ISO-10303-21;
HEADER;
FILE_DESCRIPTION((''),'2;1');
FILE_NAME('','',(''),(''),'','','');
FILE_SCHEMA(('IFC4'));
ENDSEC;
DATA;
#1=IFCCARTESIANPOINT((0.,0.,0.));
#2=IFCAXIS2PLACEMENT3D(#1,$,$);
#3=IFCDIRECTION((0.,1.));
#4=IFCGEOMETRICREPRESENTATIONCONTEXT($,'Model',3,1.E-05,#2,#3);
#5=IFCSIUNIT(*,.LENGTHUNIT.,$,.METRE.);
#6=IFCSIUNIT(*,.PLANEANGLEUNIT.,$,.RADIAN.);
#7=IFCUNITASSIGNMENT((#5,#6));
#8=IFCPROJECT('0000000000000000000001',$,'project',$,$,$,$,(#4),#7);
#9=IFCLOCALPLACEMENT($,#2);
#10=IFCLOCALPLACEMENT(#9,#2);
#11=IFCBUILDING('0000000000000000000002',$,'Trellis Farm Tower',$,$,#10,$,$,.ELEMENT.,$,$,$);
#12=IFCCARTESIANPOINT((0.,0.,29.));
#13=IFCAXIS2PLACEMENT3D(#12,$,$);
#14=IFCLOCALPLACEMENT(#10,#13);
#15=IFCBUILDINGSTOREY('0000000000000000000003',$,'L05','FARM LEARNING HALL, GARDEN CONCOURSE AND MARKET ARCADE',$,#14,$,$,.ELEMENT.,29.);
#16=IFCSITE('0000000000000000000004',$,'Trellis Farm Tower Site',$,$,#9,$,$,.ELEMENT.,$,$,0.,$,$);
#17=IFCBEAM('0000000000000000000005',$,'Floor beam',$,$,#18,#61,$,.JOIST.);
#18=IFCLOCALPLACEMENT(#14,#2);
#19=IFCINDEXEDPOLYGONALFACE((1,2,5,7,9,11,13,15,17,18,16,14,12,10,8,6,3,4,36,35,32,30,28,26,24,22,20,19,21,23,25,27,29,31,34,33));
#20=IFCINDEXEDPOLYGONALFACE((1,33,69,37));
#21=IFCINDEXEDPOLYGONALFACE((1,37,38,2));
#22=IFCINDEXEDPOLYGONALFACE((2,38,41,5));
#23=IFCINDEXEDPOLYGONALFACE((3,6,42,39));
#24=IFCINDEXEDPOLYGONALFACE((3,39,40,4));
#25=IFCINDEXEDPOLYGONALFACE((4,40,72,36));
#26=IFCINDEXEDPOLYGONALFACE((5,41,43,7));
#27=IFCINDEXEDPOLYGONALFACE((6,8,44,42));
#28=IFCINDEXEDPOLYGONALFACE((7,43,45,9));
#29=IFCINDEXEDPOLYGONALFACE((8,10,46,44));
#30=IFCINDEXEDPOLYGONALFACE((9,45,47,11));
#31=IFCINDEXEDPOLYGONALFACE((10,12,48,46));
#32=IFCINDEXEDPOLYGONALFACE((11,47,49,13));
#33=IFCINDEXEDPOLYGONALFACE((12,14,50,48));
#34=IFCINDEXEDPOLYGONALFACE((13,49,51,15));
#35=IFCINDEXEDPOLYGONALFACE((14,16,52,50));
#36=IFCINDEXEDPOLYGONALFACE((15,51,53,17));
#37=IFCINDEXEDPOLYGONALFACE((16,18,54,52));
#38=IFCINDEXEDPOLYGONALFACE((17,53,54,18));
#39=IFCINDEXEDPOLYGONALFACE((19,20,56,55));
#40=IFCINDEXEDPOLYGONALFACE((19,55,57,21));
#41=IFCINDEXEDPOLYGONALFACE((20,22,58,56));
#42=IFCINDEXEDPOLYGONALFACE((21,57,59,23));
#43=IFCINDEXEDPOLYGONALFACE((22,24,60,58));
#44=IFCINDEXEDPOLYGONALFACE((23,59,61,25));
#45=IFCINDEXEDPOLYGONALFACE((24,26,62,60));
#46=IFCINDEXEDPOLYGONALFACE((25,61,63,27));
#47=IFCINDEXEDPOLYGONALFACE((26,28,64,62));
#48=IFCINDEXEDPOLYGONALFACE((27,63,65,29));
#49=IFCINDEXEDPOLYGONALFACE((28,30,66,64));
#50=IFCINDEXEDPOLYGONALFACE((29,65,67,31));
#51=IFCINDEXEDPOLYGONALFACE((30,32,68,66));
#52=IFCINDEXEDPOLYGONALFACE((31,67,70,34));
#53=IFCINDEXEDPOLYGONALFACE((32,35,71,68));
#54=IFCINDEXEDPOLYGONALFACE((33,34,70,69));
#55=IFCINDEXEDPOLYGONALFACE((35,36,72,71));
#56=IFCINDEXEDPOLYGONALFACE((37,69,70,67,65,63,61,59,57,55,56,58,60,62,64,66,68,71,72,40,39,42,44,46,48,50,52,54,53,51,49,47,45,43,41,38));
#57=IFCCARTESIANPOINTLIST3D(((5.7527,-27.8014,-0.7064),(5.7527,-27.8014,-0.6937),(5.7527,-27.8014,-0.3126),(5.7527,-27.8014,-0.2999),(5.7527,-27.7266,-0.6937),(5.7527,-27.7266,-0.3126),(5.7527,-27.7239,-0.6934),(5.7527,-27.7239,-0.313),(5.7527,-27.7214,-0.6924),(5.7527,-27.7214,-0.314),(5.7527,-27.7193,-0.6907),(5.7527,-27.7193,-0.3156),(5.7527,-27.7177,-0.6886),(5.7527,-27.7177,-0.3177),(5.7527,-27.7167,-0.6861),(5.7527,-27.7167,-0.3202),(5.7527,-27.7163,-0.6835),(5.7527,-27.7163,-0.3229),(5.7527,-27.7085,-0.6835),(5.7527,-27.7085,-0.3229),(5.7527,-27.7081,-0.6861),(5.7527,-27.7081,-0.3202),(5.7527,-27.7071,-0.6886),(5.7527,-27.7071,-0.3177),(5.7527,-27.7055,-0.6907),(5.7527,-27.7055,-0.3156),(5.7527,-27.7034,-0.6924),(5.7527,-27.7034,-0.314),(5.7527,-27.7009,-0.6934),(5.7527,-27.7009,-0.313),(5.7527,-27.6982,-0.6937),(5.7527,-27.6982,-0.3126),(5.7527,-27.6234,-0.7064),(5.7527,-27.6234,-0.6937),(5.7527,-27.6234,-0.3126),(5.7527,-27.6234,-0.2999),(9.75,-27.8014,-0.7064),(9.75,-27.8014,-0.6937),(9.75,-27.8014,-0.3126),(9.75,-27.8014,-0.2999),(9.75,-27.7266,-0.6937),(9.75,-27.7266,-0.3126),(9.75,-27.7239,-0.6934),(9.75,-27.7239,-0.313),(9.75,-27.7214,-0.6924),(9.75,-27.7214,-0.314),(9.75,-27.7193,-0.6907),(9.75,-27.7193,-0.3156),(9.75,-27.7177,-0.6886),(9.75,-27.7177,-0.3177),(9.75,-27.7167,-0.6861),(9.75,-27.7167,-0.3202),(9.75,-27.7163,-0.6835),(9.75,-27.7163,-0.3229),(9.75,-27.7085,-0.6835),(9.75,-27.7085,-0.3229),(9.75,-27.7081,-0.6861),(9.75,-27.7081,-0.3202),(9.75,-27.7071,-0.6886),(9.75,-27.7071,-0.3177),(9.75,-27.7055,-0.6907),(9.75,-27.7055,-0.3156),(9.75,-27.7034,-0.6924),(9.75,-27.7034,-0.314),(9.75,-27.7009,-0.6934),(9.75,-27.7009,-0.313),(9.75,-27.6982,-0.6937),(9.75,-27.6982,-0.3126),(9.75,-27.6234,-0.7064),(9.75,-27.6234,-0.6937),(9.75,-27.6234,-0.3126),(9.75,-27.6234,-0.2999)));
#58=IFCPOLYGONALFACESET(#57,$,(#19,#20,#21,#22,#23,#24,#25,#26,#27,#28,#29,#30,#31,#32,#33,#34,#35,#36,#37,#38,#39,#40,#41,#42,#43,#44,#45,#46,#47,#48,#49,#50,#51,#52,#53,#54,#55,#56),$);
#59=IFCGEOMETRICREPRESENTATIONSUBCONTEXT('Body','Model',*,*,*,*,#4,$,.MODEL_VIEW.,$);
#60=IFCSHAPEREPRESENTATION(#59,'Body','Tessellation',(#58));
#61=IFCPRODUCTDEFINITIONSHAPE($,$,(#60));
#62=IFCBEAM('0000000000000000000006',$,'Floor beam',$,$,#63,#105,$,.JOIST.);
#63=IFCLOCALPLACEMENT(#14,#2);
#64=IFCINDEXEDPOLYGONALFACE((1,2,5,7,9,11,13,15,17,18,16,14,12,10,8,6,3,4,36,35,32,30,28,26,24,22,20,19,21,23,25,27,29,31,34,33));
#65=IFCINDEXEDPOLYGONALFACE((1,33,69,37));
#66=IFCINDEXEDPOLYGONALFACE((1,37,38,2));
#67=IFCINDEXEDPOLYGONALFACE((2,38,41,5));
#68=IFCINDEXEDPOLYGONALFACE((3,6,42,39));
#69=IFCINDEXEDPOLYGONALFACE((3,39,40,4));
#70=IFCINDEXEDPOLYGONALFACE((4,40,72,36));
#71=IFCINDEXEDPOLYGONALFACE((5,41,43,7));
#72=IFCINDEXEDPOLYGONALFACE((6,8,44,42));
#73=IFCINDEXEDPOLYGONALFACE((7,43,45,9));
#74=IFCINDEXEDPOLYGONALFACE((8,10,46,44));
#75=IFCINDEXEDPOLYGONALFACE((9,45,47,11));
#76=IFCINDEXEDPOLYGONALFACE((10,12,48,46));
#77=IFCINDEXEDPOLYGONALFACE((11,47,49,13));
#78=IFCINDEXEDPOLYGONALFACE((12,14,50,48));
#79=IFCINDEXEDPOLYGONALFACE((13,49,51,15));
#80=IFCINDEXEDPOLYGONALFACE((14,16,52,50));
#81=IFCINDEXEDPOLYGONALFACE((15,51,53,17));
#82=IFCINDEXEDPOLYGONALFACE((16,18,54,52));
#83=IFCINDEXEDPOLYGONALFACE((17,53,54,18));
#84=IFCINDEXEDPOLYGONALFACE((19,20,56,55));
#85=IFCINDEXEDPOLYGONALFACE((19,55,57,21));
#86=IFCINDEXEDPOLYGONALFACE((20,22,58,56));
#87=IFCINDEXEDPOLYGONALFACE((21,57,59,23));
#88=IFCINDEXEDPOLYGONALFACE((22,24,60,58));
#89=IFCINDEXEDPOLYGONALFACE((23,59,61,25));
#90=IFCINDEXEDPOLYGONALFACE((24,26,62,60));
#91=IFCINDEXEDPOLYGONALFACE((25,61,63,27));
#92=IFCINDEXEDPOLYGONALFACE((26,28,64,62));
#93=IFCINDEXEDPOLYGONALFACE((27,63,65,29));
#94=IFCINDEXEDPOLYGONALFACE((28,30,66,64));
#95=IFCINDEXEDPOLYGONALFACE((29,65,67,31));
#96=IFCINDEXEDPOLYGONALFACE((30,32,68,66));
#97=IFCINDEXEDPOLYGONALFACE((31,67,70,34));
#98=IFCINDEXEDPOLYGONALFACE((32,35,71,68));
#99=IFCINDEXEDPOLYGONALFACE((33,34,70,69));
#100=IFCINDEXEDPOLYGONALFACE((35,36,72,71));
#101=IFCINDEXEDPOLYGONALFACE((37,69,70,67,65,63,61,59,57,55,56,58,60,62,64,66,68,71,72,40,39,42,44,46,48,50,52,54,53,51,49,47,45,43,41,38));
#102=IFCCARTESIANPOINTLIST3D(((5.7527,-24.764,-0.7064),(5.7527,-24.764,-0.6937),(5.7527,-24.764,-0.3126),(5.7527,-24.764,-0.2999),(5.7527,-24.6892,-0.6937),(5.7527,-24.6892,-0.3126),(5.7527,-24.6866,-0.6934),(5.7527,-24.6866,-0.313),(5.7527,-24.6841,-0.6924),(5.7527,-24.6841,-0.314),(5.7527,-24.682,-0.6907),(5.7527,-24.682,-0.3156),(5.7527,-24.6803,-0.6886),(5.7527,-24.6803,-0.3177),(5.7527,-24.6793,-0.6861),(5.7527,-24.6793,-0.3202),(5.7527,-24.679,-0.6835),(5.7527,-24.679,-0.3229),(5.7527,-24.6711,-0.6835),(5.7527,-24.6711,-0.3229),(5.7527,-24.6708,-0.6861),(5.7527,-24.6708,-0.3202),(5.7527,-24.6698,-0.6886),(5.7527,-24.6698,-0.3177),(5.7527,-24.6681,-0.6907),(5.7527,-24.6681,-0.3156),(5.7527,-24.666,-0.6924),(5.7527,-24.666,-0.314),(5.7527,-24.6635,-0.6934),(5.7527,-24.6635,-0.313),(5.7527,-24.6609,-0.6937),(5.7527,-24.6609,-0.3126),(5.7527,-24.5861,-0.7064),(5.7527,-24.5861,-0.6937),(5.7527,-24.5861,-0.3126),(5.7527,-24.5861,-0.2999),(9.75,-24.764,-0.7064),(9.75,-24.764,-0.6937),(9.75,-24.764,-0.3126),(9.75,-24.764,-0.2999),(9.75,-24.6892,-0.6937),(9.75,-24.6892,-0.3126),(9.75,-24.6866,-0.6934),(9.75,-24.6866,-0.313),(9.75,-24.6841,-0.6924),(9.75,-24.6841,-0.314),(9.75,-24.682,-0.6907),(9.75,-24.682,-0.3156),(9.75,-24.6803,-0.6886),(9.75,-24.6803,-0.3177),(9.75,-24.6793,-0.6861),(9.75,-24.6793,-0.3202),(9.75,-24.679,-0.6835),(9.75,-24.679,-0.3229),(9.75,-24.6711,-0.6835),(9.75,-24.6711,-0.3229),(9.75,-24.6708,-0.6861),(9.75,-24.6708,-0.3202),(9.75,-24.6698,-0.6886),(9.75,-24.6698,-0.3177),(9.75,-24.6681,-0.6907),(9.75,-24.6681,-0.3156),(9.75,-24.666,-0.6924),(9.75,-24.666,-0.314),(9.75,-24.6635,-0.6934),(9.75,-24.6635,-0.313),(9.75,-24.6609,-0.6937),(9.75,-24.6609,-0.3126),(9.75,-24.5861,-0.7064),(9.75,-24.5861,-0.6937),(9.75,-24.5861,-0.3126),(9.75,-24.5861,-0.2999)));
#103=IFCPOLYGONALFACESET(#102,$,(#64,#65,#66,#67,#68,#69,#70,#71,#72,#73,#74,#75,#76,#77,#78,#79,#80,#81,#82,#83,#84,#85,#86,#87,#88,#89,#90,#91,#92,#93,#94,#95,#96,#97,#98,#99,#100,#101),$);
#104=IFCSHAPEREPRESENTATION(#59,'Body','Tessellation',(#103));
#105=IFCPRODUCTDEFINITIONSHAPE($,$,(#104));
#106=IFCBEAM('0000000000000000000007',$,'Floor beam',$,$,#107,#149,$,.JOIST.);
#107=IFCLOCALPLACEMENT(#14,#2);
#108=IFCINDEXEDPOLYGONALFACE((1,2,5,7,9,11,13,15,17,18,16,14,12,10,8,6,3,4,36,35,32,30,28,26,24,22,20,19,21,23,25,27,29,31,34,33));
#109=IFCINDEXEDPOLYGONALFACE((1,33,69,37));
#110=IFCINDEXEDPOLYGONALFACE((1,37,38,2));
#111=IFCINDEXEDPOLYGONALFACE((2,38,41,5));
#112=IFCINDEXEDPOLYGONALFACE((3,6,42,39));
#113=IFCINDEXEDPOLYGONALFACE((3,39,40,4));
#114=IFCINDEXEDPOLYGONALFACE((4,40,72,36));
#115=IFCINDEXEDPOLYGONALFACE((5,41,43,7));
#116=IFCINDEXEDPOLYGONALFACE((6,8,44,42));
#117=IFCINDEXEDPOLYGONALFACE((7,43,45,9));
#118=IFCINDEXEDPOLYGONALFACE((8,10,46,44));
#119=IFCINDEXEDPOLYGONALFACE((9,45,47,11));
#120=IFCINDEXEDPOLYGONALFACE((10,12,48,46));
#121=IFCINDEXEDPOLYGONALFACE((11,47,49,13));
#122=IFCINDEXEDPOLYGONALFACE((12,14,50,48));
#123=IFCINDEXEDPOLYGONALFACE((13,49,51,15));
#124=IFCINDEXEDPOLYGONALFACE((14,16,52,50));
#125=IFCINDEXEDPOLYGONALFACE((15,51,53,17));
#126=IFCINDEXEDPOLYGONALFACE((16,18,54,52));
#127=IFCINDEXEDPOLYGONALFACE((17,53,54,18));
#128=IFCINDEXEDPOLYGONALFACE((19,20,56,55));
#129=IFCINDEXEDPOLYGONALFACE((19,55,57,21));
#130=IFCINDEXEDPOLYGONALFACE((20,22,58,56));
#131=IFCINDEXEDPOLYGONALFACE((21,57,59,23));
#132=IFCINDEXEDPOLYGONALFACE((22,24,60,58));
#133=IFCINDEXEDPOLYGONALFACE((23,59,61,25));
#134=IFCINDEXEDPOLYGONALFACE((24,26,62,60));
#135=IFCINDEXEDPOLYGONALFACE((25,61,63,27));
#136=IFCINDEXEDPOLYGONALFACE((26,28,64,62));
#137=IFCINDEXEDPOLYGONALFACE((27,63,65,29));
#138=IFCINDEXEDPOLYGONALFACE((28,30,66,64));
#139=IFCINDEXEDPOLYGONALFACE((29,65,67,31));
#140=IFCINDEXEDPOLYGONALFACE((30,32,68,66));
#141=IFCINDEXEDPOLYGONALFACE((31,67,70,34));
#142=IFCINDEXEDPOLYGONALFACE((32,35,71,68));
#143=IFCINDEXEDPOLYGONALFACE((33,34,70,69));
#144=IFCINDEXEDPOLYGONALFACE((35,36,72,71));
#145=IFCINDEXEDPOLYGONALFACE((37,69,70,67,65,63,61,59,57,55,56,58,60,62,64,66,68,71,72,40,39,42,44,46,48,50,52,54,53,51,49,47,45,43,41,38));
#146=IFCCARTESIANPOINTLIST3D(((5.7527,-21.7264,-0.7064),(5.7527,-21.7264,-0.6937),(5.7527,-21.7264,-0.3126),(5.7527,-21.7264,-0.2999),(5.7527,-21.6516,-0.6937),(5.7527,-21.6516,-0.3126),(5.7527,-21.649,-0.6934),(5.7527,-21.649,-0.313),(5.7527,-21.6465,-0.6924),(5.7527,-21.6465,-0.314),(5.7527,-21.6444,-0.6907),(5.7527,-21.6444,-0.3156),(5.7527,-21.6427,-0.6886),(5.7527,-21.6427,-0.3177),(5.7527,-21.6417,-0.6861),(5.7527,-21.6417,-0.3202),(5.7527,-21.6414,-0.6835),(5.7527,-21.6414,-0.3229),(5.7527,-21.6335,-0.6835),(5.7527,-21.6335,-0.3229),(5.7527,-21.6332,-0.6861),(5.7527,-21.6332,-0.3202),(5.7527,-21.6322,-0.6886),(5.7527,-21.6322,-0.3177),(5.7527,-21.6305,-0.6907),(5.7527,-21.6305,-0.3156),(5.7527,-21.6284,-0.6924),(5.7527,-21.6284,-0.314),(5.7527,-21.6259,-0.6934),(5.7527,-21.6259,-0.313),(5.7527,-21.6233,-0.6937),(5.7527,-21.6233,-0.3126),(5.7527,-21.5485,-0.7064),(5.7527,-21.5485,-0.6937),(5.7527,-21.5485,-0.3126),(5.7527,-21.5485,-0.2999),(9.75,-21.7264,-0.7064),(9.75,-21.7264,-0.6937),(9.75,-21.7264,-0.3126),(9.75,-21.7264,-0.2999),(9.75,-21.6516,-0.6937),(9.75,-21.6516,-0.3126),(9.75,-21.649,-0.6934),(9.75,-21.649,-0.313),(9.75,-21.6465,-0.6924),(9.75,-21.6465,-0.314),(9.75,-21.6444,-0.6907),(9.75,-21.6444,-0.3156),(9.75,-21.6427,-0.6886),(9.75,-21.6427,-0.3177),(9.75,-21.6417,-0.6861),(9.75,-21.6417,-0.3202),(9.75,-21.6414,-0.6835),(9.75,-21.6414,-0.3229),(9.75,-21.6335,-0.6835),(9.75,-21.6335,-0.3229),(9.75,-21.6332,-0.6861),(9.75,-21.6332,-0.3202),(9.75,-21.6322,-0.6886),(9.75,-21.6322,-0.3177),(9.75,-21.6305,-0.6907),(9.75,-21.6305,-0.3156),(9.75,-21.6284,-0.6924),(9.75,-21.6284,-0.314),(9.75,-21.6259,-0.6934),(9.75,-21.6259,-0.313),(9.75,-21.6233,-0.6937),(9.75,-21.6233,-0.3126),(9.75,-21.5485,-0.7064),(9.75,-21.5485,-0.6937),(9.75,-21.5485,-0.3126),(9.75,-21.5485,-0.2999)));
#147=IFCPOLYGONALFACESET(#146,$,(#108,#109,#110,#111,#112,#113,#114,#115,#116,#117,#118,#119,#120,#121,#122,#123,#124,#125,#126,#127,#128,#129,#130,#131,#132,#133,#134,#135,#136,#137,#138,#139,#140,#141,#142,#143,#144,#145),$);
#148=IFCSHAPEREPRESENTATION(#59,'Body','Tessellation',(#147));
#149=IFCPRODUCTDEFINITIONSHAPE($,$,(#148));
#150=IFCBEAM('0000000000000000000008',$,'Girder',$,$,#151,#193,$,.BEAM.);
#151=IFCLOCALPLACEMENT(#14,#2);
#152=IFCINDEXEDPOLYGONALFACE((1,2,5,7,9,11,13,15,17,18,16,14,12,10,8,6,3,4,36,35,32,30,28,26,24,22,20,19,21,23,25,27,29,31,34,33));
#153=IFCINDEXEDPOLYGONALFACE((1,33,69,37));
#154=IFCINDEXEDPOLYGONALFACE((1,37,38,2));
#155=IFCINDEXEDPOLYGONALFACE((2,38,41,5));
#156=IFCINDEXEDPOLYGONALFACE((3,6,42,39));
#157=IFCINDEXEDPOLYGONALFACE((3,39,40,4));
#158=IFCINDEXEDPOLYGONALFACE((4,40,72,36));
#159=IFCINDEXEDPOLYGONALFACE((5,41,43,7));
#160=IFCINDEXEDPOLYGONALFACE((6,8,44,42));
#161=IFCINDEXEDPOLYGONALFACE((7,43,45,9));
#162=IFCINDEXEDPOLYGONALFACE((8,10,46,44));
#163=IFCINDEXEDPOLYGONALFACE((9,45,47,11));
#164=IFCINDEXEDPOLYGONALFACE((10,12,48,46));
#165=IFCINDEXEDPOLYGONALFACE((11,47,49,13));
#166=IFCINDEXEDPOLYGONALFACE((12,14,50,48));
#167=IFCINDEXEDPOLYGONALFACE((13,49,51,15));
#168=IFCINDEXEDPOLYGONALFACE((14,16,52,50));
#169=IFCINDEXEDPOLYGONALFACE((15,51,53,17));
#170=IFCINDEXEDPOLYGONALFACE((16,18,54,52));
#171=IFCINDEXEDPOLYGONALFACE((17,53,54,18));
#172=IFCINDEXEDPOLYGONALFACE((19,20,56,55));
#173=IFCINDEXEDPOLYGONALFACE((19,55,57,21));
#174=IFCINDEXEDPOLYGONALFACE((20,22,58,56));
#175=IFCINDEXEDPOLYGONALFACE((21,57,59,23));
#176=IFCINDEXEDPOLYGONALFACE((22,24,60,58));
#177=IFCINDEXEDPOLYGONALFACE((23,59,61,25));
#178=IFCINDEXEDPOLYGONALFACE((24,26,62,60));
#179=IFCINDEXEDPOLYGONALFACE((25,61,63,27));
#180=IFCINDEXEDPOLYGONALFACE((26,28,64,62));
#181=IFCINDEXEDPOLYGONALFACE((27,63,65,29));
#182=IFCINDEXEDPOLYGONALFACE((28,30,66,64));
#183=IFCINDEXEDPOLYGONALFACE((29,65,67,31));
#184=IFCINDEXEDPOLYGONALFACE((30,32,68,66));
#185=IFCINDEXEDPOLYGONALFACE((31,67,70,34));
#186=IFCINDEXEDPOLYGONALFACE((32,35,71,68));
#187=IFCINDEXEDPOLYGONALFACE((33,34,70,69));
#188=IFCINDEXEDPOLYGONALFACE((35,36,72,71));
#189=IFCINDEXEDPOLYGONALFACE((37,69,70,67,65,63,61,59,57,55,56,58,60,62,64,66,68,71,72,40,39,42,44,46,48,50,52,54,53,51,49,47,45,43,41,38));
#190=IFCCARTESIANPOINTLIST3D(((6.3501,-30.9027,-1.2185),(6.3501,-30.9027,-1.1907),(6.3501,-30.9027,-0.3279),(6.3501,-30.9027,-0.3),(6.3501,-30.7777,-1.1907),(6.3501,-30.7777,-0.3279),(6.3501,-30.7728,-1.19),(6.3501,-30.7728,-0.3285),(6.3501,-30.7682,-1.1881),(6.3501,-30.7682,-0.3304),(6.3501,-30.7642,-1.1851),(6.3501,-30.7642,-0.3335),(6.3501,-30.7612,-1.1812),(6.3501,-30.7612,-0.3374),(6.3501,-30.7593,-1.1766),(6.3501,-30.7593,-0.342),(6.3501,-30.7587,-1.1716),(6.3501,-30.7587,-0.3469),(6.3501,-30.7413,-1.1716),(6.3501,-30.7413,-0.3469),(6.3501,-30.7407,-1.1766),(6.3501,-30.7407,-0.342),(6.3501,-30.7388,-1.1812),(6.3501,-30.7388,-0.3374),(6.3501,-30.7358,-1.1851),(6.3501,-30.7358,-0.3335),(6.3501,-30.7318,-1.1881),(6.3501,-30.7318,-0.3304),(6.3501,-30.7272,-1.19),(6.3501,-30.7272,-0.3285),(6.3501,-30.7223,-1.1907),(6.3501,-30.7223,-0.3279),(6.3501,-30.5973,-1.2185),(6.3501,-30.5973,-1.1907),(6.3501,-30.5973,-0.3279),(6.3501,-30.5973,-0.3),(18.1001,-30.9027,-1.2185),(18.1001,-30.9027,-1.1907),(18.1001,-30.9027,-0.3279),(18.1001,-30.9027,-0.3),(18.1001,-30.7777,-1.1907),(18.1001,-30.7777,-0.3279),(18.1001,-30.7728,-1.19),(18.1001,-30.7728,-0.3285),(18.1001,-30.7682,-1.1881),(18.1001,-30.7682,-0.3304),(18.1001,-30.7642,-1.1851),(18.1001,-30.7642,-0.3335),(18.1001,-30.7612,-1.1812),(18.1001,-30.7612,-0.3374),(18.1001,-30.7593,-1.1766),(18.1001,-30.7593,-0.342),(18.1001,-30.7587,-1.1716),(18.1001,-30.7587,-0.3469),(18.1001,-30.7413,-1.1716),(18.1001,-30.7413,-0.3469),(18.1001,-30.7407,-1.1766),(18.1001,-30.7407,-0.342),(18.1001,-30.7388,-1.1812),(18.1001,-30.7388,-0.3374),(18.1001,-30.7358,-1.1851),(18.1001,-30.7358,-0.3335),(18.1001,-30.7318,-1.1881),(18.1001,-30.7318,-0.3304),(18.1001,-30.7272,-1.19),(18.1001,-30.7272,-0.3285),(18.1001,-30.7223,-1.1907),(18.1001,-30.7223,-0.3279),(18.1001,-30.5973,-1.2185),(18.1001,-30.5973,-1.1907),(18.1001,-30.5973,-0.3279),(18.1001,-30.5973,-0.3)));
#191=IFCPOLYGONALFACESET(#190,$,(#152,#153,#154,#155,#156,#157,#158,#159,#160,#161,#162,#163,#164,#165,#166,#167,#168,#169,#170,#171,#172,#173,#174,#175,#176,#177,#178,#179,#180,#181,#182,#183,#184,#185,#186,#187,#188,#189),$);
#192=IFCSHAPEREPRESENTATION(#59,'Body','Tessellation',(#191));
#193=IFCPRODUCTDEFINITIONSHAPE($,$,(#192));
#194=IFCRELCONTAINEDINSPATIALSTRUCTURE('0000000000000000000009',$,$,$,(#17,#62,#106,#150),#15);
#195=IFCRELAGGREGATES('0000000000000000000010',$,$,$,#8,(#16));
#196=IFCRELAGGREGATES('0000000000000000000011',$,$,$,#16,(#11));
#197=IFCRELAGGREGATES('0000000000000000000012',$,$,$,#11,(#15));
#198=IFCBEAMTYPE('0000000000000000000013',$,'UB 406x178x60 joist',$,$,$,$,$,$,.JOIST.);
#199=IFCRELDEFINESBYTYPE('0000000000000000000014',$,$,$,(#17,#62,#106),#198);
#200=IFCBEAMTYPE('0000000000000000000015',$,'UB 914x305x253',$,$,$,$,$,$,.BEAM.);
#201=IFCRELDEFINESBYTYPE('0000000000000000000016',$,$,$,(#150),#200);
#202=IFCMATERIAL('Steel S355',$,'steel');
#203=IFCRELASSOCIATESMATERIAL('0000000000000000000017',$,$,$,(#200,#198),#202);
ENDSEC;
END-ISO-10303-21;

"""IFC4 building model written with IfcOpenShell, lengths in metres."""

from ifc_helpers import new_model, si_unit, direction, frame, origin, origin_2d, place, context, subcontext, project, spatial, i_section, extrude, source, transform, mapped, material, material_profile, profile_set, type_object, element, save


model = new_model("IFC4")

# Units and contexts
model_context = context("Model", 3, precision=1e-05, world=origin(), true_north=direction((0.0, 1.0)))
body_context = subcontext(model_context, "Body", "Model", "MODEL_VIEW")
ifc_project = project(units=[si_unit("LENGTHUNIT", "METRE"), si_unit("PLANEANGLEUNIT", "RADIAN")], contexts=[model_context])

# Site, building, storey
site_placement = place(None, origin())
site = spatial("IfcSite", under=ifc_project, at=site_placement, Name="Trellis Farm Tower Site", CompositionType="ELEMENT", RefElevation=0.0)
building_placement = place(site_placement, origin())
building = spatial("IfcBuilding", under=site, at=building_placement, Name="Trellis Farm Tower", CompositionType="ELEMENT")
storey_placement = place(building_placement, frame((0.0, 0.0, 29.0)))
storey = spatial("IfcBuildingStorey", under=building, at=storey_placement, Name="L05", Description="FARM LEARNING HALL, GARDEN CONCOURSE AND MARKET ARCADE", CompositionType="ELEMENT", Elevation=29.0)

# Beams
ifc_material_1 = material(Name="Steel S355", Category="steel")
ifc_material_profile_1 = material_profile(ifc_material_1, i_section(OverallWidth=0.3054, OverallDepth=0.9185, WebThickness=0.0173, FlangeThickness=0.0278, FilletRadius=0.019, at=origin_2d()), Name="UB 914x305x253")
ifc_profile_set_1 = profile_set([ifc_material_profile_1], Name="Steel S355")
beam_type_1 = type_object("IfcBeamType", Name="UB 914x305x253", PredefinedType="BEAM", material=ifc_profile_set_1)
ifc_material_profile_2 = material_profile(ifc_material_1, i_section(OverallWidth=0.178, OverallDepth=0.4065, WebThickness=0.0078, FlangeThickness=0.0127, FilletRadius=0.0103, at=origin_2d()), Name="UB 406x178x60")
ifc_profile_set_2 = profile_set([ifc_material_profile_2], Name="Steel S355")
beam_type_2 = type_object("IfcBeamType", Name="UB 406x178x60 joist", PredefinedType="JOIST", material=ifc_profile_set_2)
shared_shape_1 = source(origin(), body_context, "Body", "SweptSolid", [
    extrude(i_section(OverallWidth=0.178, OverallDepth=0.4065, WebThickness=0.0078, FlangeThickness=0.0127, FilletRadius=0.0103, at=origin_2d()), origin(), (0.0, 0.0, 1.0), 3.9973),
])
for number, where, z_axis, x_axis, name in (
    (1, (5.7527, -27.7124, -0.5032), (1.0, 0.0, 0.0), (0.0, 1.0, 0.0), "Floor beam"),
    (2, (5.7527, -24.675, -0.5032), (1.0, 0.0, 0.0), (0.0, 1.0, 0.0), "Floor beam"),
    (3, (5.7527, -21.6375, -0.5032), (1.0, 0.0, 0.0), (0.0, 1.0, 0.0), "Floor beam"),
):
    element("IfcBeam", number, at=place(storey_placement, frame(where, z_axis=z_axis, x_axis=x_axis)), inside=storey, type_object=beam_type_2, Name=name, PredefinedType="JOIST", context=body_context, shape_type="MappedRepresentation", body=[
        mapped(shared_shape_1, transform((0.0, 0.0, 0.0))),
    ])
shared_shape_2 = source(origin(), body_context, "Body", "SweptSolid", [
    extrude(i_section(OverallWidth=0.3054, OverallDepth=0.9185, WebThickness=0.0173, FlangeThickness=0.0278, FilletRadius=0.019, at=origin_2d()), origin(), (0.0, 0.0, 1.0), 11.75),
])
for number, where, z_axis, x_axis, name in (
    (4, (6.3501, -30.75, -0.7593), (1.0, 0.0, 0.0), (0.0, 1.0, 0.0), "Girder"),
):
    element("IfcBeam", number, at=place(storey_placement, frame(where, z_axis=z_axis, x_axis=x_axis)), inside=storey, type_object=beam_type_1, Name=name, PredefinedType="BEAM", context=body_context, shape_type="MappedRepresentation", body=[
        mapped(shared_shape_2, transform((0.0, 0.0, 0.0))),
    ])

save(model, "model.ifc")
